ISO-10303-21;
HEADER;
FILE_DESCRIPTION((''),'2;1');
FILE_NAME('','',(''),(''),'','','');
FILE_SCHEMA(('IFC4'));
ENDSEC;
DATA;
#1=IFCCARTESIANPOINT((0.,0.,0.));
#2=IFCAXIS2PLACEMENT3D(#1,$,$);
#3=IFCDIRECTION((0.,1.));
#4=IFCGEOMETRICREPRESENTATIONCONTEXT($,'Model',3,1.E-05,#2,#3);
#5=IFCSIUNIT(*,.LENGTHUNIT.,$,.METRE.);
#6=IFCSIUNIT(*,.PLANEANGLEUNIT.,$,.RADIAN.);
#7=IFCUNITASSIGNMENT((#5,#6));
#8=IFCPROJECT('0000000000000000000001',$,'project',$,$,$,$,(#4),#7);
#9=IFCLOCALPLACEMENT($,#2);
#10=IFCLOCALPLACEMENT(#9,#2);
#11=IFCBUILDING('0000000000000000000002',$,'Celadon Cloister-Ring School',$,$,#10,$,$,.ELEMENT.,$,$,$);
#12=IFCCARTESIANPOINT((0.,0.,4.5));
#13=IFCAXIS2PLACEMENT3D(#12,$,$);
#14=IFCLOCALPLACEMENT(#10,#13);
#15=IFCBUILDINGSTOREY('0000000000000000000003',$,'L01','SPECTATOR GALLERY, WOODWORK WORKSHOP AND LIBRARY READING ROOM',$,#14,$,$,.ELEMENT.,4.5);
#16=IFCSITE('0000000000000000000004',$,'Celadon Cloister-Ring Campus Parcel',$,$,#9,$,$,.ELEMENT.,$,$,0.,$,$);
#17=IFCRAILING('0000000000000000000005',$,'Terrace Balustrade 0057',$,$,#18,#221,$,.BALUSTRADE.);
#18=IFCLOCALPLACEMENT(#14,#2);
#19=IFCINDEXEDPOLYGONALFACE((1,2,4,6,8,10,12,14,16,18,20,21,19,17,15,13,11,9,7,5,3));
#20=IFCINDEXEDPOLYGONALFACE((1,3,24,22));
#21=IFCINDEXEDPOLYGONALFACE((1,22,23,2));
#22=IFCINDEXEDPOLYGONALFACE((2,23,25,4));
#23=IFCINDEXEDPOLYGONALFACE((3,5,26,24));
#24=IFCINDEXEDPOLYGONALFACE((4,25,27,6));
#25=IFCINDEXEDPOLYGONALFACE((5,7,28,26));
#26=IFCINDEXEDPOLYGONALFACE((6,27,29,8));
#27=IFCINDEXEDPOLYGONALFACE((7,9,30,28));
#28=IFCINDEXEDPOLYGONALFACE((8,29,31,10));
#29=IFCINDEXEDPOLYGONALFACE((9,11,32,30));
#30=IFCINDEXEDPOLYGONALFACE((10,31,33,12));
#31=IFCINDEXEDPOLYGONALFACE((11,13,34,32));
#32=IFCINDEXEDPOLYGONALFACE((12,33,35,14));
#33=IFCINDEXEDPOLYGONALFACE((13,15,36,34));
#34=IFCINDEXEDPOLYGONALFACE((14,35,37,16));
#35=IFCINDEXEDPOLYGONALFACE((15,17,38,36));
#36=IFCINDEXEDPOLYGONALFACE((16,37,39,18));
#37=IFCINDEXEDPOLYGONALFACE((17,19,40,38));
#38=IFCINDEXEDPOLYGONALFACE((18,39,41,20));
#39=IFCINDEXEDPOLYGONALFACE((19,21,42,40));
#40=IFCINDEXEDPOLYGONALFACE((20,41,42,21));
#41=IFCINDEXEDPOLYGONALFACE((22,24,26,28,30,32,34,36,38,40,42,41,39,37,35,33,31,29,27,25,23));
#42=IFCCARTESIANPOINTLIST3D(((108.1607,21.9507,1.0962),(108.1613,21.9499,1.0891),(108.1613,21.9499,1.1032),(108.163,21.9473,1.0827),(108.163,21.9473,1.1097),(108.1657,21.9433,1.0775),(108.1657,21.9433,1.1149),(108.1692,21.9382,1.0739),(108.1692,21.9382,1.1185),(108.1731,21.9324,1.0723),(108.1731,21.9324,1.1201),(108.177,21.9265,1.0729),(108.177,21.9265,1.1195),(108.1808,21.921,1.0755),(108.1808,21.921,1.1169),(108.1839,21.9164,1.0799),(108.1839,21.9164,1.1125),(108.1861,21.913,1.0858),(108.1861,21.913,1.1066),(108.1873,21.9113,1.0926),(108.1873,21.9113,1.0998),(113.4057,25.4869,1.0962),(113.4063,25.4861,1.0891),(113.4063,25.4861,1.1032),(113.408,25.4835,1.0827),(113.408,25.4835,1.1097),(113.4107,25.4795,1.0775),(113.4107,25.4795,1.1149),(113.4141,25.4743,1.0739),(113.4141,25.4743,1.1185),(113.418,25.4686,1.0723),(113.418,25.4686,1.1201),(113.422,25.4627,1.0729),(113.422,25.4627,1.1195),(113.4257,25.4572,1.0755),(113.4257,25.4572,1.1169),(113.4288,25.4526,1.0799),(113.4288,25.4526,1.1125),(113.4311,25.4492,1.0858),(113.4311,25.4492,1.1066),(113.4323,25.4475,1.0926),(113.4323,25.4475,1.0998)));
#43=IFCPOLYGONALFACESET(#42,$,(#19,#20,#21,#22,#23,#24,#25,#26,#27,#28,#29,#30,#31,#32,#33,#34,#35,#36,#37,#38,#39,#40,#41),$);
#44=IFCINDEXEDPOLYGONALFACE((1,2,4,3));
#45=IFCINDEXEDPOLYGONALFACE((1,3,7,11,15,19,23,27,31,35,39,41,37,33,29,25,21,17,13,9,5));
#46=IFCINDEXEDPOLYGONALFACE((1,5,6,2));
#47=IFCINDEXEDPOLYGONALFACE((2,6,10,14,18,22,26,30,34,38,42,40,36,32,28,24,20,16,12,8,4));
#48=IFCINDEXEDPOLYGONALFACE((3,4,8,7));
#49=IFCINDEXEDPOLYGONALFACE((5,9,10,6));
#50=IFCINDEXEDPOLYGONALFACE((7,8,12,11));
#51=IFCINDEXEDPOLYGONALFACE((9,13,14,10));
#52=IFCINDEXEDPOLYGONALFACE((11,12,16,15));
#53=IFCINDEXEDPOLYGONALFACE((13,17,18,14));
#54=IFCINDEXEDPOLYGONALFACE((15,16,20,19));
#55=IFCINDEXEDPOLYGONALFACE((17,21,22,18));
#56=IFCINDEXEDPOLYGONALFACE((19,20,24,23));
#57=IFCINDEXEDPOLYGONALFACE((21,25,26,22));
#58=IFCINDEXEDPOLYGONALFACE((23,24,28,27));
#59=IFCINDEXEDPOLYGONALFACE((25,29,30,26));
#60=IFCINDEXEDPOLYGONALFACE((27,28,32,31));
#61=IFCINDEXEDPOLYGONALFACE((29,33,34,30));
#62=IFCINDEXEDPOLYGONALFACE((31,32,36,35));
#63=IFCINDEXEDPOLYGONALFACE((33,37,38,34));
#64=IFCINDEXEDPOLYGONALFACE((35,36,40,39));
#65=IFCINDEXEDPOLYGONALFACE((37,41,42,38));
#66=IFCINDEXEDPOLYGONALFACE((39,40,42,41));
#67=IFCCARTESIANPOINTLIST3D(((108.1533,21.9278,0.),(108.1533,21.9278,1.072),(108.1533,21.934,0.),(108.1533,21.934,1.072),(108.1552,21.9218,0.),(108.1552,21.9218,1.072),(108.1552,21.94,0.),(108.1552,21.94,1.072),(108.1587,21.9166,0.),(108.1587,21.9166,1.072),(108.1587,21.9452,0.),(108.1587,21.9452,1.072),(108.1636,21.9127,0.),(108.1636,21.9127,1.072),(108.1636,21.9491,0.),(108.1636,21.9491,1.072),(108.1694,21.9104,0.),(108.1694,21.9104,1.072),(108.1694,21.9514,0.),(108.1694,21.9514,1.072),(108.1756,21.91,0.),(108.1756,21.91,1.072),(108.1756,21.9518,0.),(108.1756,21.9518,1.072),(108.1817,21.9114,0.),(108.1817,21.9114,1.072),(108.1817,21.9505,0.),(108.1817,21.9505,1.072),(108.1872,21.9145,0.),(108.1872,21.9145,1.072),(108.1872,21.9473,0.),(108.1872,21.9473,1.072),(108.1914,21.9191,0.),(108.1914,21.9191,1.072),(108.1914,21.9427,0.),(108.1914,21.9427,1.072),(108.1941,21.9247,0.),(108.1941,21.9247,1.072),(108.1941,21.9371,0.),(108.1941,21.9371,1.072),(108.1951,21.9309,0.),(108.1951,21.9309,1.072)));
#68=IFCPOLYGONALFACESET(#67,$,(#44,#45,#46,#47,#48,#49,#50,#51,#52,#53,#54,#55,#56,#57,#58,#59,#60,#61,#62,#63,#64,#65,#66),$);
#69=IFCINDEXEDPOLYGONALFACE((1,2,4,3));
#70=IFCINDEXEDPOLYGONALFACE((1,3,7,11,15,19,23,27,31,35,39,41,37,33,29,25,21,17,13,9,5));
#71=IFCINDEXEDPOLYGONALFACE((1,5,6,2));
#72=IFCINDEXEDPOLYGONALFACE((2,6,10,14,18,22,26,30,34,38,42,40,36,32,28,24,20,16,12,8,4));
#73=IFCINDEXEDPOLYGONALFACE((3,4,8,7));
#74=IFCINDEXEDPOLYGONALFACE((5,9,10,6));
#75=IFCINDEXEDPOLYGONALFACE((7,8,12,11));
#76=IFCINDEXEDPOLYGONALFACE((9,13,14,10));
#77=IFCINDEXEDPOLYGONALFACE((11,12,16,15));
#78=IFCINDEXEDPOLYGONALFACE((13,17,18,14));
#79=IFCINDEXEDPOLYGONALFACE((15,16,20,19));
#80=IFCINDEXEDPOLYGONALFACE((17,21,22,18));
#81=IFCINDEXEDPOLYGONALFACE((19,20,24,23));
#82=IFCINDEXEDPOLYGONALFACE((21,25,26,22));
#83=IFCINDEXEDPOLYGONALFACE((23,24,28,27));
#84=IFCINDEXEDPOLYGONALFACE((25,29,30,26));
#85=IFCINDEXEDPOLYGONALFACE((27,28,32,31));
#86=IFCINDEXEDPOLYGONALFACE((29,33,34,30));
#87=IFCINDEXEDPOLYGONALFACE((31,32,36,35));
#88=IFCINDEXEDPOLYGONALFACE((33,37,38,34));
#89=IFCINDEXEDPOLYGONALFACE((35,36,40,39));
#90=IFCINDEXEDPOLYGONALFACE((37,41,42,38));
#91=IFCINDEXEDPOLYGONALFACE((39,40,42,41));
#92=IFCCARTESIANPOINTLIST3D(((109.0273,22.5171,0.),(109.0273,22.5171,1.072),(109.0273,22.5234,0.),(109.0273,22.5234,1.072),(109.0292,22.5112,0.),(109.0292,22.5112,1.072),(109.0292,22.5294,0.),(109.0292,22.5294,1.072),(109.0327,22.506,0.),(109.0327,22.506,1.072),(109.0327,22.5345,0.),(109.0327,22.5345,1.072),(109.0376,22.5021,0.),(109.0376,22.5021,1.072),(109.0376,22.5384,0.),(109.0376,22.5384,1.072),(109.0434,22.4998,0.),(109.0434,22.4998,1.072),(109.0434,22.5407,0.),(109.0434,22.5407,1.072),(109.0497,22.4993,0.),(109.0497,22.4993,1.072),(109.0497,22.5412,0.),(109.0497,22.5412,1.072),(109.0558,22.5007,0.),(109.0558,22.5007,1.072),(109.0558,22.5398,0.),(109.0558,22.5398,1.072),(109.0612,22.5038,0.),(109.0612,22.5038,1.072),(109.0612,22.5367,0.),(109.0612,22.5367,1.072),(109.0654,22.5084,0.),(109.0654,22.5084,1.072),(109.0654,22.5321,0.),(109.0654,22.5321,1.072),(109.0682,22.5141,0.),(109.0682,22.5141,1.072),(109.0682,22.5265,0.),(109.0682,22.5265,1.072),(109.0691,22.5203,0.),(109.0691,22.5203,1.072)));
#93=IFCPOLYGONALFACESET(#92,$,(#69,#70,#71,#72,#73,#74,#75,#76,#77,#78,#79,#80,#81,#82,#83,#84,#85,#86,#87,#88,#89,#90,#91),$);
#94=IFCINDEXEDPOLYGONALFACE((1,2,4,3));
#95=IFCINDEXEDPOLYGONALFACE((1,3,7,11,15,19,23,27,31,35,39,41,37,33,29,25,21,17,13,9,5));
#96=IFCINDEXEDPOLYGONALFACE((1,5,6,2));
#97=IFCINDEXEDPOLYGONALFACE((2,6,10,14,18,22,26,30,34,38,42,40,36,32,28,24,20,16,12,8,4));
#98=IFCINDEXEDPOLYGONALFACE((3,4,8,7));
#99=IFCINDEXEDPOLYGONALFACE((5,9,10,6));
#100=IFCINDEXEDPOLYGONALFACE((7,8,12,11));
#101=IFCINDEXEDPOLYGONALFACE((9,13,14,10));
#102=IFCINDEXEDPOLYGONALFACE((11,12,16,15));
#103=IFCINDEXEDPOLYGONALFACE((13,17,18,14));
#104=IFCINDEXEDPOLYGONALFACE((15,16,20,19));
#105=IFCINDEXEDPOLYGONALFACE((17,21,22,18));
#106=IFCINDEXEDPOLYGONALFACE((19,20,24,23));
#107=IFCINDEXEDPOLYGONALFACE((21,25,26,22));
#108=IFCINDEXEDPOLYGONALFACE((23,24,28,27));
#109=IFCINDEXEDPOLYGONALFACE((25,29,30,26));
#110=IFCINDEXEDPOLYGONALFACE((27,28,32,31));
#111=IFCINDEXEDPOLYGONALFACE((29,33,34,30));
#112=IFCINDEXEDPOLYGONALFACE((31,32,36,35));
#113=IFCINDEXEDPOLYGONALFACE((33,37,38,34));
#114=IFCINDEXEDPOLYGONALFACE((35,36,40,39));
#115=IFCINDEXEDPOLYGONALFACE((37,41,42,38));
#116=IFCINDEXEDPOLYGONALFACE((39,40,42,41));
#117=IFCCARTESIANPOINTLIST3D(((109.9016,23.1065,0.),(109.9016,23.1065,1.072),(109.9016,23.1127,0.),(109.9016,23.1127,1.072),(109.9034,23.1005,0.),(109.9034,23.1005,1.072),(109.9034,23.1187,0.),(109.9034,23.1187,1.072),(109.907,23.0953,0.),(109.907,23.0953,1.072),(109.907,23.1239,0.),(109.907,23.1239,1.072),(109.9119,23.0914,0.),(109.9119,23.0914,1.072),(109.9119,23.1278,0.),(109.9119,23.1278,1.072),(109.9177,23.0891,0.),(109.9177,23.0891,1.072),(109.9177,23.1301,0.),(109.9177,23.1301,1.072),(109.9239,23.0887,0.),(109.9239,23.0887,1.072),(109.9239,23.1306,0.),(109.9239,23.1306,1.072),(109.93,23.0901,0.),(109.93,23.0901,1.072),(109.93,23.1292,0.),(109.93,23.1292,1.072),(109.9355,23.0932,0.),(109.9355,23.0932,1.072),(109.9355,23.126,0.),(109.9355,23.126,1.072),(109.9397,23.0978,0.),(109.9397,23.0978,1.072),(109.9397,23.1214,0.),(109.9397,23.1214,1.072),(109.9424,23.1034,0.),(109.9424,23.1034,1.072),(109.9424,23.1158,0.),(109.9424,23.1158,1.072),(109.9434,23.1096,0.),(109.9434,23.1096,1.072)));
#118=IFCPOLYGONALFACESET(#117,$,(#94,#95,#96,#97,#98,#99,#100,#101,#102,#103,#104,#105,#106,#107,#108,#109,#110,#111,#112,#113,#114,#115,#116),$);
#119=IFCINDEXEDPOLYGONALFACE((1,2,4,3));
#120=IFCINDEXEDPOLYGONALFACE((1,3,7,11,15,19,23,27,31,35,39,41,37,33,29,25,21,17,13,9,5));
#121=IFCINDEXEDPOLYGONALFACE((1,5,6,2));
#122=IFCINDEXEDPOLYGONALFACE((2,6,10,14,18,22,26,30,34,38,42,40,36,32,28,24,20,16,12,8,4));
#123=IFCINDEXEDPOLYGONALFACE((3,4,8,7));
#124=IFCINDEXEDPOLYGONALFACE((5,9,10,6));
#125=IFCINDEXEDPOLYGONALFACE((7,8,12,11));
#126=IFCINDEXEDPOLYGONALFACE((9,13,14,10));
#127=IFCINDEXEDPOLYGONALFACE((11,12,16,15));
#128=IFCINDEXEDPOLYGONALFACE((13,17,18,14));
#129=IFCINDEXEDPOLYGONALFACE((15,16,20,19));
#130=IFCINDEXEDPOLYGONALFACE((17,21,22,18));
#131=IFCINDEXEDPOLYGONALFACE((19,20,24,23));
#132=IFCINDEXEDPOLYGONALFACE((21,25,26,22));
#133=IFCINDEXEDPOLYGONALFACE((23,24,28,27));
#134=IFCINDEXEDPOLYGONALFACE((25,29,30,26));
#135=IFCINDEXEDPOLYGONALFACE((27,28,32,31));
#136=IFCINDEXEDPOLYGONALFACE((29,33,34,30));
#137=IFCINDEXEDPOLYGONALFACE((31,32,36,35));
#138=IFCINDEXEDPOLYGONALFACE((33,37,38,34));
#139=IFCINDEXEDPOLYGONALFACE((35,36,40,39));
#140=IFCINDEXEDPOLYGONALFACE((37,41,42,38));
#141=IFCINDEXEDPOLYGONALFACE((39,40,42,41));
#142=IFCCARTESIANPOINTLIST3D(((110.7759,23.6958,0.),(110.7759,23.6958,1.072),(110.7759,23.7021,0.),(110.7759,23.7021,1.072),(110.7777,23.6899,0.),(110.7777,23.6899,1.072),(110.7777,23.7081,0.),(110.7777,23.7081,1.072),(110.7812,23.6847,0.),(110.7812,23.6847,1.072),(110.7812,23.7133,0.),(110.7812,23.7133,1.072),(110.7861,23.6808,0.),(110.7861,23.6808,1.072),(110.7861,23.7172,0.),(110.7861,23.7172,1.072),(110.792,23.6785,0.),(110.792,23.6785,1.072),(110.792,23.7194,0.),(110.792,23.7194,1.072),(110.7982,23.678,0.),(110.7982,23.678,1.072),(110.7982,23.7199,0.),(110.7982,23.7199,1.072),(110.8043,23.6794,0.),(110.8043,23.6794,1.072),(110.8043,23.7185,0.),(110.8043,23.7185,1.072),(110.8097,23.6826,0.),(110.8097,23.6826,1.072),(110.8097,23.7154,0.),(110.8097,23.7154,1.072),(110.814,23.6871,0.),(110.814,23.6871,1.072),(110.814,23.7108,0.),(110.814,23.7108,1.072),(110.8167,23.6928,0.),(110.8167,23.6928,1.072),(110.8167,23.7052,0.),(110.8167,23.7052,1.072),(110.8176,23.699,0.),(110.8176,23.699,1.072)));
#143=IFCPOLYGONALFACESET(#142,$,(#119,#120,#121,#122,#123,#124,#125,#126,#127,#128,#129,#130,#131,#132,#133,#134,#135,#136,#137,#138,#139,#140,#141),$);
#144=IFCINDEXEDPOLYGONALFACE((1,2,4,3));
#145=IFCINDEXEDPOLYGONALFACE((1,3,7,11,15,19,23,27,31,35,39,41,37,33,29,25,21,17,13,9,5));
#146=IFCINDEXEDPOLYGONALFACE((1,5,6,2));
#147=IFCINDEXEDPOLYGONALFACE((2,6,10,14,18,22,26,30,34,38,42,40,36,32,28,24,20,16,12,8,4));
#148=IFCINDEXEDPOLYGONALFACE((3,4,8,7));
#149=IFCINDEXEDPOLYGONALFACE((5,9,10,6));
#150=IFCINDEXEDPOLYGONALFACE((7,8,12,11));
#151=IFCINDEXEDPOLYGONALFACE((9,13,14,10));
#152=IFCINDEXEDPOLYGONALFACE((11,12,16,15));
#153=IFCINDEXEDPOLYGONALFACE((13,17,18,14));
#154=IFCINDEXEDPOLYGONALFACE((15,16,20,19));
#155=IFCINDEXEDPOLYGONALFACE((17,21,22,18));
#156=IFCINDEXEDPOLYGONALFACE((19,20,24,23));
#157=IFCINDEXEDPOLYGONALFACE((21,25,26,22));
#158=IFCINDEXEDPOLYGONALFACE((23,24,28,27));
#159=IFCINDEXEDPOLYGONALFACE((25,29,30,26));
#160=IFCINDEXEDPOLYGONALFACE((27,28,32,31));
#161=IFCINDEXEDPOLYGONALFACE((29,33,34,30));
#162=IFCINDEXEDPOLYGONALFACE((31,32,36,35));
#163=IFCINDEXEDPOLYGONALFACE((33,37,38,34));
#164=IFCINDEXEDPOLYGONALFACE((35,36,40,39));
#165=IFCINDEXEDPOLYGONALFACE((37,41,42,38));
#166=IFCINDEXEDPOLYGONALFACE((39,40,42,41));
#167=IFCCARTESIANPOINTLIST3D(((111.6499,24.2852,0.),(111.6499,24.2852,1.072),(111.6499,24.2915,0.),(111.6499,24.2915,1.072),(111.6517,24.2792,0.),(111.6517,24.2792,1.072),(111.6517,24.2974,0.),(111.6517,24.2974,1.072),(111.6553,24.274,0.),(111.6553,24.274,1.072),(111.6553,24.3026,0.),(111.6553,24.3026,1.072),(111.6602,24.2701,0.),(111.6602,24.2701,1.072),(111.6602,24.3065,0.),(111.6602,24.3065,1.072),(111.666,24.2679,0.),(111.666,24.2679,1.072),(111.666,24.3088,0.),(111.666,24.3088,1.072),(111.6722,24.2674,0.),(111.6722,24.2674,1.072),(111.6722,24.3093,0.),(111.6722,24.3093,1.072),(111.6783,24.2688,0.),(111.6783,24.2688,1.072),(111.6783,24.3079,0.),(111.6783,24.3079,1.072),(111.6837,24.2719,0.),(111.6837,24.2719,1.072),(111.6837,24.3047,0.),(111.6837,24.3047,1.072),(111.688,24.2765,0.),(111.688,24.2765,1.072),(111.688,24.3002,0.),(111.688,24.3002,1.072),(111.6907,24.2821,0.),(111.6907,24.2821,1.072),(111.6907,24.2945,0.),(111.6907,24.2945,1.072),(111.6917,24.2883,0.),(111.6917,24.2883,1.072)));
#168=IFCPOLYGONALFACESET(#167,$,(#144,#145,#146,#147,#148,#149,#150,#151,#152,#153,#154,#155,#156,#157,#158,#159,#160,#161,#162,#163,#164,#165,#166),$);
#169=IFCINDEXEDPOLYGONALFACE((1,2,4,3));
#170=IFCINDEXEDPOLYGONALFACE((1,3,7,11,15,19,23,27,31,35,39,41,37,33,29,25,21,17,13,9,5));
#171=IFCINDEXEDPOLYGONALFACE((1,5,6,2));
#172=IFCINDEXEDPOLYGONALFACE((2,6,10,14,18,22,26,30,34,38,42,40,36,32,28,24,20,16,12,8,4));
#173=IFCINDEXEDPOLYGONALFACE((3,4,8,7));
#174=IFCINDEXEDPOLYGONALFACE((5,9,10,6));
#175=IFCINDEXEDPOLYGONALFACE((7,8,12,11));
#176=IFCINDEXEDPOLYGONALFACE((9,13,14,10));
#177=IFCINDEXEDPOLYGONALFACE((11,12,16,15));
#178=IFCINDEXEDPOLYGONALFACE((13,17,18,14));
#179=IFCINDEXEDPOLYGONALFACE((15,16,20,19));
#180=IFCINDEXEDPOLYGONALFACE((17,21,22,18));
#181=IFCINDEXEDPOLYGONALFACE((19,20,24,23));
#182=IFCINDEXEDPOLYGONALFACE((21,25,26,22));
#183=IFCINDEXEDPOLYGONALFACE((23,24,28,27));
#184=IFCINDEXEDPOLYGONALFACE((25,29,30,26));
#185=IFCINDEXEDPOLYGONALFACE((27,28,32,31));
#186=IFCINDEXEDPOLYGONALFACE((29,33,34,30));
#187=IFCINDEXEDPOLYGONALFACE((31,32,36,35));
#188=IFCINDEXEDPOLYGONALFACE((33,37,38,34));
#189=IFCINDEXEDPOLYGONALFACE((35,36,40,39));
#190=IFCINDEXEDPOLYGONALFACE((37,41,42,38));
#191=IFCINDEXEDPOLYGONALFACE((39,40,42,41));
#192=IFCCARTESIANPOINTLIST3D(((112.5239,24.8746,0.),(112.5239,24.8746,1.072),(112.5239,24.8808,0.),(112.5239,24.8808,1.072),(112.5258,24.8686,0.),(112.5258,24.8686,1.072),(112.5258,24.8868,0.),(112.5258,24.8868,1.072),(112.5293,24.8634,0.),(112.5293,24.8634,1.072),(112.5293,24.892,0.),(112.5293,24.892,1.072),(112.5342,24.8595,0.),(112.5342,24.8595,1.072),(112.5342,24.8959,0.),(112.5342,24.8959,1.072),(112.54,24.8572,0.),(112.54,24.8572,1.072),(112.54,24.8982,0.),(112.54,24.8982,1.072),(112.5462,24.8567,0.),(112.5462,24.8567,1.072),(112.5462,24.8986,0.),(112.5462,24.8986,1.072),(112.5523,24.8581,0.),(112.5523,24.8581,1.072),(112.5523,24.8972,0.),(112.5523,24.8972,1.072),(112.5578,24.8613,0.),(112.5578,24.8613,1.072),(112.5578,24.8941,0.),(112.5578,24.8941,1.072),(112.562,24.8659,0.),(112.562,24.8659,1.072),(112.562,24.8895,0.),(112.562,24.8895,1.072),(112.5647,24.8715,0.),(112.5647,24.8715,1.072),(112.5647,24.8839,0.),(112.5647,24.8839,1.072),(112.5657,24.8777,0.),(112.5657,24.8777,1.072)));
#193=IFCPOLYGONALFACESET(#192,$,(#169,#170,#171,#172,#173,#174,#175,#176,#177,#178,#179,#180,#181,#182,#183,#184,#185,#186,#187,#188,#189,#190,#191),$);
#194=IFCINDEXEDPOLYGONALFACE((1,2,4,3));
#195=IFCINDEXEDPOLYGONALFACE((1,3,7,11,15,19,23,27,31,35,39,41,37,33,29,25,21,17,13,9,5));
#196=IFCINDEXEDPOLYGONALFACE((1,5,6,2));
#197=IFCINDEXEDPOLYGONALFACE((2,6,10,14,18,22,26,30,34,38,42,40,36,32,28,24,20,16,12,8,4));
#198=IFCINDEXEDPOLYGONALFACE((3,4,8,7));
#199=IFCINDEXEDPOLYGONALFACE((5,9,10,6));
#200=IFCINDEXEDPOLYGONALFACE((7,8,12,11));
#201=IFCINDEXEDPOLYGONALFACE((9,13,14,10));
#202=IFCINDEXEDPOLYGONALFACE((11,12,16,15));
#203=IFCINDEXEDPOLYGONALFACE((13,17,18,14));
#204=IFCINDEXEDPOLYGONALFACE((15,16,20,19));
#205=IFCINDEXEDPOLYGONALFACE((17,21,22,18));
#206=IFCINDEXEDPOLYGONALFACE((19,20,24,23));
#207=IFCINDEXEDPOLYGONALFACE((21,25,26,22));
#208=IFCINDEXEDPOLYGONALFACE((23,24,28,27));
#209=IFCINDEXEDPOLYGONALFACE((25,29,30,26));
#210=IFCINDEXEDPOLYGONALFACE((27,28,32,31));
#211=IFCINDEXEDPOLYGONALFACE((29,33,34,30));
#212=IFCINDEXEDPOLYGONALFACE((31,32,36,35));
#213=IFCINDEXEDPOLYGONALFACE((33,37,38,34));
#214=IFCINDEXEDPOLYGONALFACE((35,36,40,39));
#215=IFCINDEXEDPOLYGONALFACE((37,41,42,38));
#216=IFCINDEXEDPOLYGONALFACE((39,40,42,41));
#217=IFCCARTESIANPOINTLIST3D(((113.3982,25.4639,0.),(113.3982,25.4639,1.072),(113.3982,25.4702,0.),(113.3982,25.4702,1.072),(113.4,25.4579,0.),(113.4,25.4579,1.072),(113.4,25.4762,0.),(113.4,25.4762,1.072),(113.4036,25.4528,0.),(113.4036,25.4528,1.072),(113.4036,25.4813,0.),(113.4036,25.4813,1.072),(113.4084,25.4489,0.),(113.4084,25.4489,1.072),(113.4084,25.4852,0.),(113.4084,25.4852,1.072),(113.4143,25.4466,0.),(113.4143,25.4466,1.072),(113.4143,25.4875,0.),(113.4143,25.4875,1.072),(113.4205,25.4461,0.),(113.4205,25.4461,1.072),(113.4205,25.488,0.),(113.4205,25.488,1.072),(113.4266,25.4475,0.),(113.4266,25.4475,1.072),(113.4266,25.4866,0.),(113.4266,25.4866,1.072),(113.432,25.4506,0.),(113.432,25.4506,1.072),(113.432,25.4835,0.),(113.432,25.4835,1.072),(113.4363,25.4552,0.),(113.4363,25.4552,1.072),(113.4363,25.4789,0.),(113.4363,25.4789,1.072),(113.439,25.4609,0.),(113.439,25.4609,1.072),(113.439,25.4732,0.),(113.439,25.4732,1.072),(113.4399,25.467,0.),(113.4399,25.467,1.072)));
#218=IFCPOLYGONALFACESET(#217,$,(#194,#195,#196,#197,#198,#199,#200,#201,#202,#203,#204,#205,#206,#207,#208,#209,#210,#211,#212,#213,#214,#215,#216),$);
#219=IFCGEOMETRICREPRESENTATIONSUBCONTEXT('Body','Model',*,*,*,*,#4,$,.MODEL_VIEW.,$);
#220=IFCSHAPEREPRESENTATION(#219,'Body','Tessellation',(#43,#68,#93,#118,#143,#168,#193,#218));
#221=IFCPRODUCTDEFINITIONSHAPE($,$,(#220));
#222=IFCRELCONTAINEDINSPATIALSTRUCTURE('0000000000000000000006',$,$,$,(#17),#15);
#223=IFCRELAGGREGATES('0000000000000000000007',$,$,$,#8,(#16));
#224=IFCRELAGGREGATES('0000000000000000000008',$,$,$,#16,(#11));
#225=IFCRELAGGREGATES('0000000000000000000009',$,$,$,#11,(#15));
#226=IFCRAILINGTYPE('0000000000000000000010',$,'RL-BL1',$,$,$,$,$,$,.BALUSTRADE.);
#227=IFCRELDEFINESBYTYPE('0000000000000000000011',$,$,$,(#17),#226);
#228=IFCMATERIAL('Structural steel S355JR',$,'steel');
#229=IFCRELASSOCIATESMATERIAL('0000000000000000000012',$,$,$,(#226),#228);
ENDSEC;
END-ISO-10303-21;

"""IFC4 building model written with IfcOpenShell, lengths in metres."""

from ifc_helpers import new_model, si_unit, direction, frame, origin, origin_2d, place, context, subcontext, project, spatial, circle, extrude, material, type_object, element, save


model = new_model("IFC4")

# Units and contexts
model_context = context("Model", 3, precision=1e-05, world=origin(), true_north=direction((0.0, 1.0)))
body_context = subcontext(model_context, "Body", "Model", "MODEL_VIEW")
ifc_project = project(units=[si_unit("LENGTHUNIT", "METRE"), si_unit("PLANEANGLEUNIT", "RADIAN")], contexts=[model_context])

# Site, building, storey
site_placement = place(None, origin())
site = spatial("IfcSite", under=ifc_project, at=site_placement, Name="Celadon Cloister-Ring Campus Parcel", CompositionType="ELEMENT", RefElevation=0.0)
building_placement = place(site_placement, origin())
building = spatial("IfcBuilding", under=site, at=building_placement, Name="Celadon Cloister-Ring School", CompositionType="ELEMENT")
storey_placement = place(building_placement, frame((0.0, 0.0, 4.5)))
storey = spatial("IfcBuildingStorey", under=building, at=storey_placement, Name="L01", Description="SPECTATOR GALLERY, WOODWORK WORKSHOP AND LIBRARY READING ROOM", CompositionType="ELEMENT", Elevation=4.5)

# Railing
ifc_material_1 = material(Name="Structural steel S355JR", Category="steel")
railing_type = type_object("IfcRailingType", Name="RL-BL1", PredefinedType="BALUSTRADE", material=ifc_material_1)
railing_1_placement = place(storey_placement, frame((108.1741, 21.9309, 0.0)))
element("IfcRailing", 1, at=railing_1_placement, inside=storey, type_object=railing_type, Name="Terrace Balustrade 0057", PredefinedType="BALUSTRADE", context=body_context, shape_type="SweptSolid", body=[
    extrude(circle(Radius=0.0239, at=origin_2d()), frame((0.0, 0.0, 1.0962), z_axis=(0.829153, 0.559021, 0.0), x_axis=(-0.559021, 0.829153, 0.0)), (0.0, 0.0, 1.0), 6.3257),
    extrude(circle(Radius=0.021, at=origin_2d()), origin(), (0.0, 0.0, 1.0), 1.072),
    extrude(circle(Radius=0.021, at=origin_2d()), frame((0.874, 0.5894, 0.0)), (0.0, 0.0, 1.0), 1.072),
    extrude(circle(Radius=0.021, at=origin_2d()), frame((1.7483, 1.1787, 0.0)), (0.0, 0.0, 1.0), 1.072),
    extrude(circle(Radius=0.021, at=origin_2d()), frame((2.6226, 1.7681, 0.0)), (0.0, 0.0, 1.0), 1.072),
    extrude(circle(Radius=0.021, at=origin_2d()), frame((3.4966, 2.3574, 0.0)), (0.0, 0.0, 1.0), 1.072),
    extrude(circle(Radius=0.021, at=origin_2d()), frame((4.3706, 2.9468, 0.0)), (0.0, 0.0, 1.0), 1.072),
    extrude(circle(Radius=0.021, at=origin_2d()), frame((5.2449, 3.5361, 0.0)), (0.0, 0.0, 1.0), 1.072),
])

save(model, "model.ifc")
